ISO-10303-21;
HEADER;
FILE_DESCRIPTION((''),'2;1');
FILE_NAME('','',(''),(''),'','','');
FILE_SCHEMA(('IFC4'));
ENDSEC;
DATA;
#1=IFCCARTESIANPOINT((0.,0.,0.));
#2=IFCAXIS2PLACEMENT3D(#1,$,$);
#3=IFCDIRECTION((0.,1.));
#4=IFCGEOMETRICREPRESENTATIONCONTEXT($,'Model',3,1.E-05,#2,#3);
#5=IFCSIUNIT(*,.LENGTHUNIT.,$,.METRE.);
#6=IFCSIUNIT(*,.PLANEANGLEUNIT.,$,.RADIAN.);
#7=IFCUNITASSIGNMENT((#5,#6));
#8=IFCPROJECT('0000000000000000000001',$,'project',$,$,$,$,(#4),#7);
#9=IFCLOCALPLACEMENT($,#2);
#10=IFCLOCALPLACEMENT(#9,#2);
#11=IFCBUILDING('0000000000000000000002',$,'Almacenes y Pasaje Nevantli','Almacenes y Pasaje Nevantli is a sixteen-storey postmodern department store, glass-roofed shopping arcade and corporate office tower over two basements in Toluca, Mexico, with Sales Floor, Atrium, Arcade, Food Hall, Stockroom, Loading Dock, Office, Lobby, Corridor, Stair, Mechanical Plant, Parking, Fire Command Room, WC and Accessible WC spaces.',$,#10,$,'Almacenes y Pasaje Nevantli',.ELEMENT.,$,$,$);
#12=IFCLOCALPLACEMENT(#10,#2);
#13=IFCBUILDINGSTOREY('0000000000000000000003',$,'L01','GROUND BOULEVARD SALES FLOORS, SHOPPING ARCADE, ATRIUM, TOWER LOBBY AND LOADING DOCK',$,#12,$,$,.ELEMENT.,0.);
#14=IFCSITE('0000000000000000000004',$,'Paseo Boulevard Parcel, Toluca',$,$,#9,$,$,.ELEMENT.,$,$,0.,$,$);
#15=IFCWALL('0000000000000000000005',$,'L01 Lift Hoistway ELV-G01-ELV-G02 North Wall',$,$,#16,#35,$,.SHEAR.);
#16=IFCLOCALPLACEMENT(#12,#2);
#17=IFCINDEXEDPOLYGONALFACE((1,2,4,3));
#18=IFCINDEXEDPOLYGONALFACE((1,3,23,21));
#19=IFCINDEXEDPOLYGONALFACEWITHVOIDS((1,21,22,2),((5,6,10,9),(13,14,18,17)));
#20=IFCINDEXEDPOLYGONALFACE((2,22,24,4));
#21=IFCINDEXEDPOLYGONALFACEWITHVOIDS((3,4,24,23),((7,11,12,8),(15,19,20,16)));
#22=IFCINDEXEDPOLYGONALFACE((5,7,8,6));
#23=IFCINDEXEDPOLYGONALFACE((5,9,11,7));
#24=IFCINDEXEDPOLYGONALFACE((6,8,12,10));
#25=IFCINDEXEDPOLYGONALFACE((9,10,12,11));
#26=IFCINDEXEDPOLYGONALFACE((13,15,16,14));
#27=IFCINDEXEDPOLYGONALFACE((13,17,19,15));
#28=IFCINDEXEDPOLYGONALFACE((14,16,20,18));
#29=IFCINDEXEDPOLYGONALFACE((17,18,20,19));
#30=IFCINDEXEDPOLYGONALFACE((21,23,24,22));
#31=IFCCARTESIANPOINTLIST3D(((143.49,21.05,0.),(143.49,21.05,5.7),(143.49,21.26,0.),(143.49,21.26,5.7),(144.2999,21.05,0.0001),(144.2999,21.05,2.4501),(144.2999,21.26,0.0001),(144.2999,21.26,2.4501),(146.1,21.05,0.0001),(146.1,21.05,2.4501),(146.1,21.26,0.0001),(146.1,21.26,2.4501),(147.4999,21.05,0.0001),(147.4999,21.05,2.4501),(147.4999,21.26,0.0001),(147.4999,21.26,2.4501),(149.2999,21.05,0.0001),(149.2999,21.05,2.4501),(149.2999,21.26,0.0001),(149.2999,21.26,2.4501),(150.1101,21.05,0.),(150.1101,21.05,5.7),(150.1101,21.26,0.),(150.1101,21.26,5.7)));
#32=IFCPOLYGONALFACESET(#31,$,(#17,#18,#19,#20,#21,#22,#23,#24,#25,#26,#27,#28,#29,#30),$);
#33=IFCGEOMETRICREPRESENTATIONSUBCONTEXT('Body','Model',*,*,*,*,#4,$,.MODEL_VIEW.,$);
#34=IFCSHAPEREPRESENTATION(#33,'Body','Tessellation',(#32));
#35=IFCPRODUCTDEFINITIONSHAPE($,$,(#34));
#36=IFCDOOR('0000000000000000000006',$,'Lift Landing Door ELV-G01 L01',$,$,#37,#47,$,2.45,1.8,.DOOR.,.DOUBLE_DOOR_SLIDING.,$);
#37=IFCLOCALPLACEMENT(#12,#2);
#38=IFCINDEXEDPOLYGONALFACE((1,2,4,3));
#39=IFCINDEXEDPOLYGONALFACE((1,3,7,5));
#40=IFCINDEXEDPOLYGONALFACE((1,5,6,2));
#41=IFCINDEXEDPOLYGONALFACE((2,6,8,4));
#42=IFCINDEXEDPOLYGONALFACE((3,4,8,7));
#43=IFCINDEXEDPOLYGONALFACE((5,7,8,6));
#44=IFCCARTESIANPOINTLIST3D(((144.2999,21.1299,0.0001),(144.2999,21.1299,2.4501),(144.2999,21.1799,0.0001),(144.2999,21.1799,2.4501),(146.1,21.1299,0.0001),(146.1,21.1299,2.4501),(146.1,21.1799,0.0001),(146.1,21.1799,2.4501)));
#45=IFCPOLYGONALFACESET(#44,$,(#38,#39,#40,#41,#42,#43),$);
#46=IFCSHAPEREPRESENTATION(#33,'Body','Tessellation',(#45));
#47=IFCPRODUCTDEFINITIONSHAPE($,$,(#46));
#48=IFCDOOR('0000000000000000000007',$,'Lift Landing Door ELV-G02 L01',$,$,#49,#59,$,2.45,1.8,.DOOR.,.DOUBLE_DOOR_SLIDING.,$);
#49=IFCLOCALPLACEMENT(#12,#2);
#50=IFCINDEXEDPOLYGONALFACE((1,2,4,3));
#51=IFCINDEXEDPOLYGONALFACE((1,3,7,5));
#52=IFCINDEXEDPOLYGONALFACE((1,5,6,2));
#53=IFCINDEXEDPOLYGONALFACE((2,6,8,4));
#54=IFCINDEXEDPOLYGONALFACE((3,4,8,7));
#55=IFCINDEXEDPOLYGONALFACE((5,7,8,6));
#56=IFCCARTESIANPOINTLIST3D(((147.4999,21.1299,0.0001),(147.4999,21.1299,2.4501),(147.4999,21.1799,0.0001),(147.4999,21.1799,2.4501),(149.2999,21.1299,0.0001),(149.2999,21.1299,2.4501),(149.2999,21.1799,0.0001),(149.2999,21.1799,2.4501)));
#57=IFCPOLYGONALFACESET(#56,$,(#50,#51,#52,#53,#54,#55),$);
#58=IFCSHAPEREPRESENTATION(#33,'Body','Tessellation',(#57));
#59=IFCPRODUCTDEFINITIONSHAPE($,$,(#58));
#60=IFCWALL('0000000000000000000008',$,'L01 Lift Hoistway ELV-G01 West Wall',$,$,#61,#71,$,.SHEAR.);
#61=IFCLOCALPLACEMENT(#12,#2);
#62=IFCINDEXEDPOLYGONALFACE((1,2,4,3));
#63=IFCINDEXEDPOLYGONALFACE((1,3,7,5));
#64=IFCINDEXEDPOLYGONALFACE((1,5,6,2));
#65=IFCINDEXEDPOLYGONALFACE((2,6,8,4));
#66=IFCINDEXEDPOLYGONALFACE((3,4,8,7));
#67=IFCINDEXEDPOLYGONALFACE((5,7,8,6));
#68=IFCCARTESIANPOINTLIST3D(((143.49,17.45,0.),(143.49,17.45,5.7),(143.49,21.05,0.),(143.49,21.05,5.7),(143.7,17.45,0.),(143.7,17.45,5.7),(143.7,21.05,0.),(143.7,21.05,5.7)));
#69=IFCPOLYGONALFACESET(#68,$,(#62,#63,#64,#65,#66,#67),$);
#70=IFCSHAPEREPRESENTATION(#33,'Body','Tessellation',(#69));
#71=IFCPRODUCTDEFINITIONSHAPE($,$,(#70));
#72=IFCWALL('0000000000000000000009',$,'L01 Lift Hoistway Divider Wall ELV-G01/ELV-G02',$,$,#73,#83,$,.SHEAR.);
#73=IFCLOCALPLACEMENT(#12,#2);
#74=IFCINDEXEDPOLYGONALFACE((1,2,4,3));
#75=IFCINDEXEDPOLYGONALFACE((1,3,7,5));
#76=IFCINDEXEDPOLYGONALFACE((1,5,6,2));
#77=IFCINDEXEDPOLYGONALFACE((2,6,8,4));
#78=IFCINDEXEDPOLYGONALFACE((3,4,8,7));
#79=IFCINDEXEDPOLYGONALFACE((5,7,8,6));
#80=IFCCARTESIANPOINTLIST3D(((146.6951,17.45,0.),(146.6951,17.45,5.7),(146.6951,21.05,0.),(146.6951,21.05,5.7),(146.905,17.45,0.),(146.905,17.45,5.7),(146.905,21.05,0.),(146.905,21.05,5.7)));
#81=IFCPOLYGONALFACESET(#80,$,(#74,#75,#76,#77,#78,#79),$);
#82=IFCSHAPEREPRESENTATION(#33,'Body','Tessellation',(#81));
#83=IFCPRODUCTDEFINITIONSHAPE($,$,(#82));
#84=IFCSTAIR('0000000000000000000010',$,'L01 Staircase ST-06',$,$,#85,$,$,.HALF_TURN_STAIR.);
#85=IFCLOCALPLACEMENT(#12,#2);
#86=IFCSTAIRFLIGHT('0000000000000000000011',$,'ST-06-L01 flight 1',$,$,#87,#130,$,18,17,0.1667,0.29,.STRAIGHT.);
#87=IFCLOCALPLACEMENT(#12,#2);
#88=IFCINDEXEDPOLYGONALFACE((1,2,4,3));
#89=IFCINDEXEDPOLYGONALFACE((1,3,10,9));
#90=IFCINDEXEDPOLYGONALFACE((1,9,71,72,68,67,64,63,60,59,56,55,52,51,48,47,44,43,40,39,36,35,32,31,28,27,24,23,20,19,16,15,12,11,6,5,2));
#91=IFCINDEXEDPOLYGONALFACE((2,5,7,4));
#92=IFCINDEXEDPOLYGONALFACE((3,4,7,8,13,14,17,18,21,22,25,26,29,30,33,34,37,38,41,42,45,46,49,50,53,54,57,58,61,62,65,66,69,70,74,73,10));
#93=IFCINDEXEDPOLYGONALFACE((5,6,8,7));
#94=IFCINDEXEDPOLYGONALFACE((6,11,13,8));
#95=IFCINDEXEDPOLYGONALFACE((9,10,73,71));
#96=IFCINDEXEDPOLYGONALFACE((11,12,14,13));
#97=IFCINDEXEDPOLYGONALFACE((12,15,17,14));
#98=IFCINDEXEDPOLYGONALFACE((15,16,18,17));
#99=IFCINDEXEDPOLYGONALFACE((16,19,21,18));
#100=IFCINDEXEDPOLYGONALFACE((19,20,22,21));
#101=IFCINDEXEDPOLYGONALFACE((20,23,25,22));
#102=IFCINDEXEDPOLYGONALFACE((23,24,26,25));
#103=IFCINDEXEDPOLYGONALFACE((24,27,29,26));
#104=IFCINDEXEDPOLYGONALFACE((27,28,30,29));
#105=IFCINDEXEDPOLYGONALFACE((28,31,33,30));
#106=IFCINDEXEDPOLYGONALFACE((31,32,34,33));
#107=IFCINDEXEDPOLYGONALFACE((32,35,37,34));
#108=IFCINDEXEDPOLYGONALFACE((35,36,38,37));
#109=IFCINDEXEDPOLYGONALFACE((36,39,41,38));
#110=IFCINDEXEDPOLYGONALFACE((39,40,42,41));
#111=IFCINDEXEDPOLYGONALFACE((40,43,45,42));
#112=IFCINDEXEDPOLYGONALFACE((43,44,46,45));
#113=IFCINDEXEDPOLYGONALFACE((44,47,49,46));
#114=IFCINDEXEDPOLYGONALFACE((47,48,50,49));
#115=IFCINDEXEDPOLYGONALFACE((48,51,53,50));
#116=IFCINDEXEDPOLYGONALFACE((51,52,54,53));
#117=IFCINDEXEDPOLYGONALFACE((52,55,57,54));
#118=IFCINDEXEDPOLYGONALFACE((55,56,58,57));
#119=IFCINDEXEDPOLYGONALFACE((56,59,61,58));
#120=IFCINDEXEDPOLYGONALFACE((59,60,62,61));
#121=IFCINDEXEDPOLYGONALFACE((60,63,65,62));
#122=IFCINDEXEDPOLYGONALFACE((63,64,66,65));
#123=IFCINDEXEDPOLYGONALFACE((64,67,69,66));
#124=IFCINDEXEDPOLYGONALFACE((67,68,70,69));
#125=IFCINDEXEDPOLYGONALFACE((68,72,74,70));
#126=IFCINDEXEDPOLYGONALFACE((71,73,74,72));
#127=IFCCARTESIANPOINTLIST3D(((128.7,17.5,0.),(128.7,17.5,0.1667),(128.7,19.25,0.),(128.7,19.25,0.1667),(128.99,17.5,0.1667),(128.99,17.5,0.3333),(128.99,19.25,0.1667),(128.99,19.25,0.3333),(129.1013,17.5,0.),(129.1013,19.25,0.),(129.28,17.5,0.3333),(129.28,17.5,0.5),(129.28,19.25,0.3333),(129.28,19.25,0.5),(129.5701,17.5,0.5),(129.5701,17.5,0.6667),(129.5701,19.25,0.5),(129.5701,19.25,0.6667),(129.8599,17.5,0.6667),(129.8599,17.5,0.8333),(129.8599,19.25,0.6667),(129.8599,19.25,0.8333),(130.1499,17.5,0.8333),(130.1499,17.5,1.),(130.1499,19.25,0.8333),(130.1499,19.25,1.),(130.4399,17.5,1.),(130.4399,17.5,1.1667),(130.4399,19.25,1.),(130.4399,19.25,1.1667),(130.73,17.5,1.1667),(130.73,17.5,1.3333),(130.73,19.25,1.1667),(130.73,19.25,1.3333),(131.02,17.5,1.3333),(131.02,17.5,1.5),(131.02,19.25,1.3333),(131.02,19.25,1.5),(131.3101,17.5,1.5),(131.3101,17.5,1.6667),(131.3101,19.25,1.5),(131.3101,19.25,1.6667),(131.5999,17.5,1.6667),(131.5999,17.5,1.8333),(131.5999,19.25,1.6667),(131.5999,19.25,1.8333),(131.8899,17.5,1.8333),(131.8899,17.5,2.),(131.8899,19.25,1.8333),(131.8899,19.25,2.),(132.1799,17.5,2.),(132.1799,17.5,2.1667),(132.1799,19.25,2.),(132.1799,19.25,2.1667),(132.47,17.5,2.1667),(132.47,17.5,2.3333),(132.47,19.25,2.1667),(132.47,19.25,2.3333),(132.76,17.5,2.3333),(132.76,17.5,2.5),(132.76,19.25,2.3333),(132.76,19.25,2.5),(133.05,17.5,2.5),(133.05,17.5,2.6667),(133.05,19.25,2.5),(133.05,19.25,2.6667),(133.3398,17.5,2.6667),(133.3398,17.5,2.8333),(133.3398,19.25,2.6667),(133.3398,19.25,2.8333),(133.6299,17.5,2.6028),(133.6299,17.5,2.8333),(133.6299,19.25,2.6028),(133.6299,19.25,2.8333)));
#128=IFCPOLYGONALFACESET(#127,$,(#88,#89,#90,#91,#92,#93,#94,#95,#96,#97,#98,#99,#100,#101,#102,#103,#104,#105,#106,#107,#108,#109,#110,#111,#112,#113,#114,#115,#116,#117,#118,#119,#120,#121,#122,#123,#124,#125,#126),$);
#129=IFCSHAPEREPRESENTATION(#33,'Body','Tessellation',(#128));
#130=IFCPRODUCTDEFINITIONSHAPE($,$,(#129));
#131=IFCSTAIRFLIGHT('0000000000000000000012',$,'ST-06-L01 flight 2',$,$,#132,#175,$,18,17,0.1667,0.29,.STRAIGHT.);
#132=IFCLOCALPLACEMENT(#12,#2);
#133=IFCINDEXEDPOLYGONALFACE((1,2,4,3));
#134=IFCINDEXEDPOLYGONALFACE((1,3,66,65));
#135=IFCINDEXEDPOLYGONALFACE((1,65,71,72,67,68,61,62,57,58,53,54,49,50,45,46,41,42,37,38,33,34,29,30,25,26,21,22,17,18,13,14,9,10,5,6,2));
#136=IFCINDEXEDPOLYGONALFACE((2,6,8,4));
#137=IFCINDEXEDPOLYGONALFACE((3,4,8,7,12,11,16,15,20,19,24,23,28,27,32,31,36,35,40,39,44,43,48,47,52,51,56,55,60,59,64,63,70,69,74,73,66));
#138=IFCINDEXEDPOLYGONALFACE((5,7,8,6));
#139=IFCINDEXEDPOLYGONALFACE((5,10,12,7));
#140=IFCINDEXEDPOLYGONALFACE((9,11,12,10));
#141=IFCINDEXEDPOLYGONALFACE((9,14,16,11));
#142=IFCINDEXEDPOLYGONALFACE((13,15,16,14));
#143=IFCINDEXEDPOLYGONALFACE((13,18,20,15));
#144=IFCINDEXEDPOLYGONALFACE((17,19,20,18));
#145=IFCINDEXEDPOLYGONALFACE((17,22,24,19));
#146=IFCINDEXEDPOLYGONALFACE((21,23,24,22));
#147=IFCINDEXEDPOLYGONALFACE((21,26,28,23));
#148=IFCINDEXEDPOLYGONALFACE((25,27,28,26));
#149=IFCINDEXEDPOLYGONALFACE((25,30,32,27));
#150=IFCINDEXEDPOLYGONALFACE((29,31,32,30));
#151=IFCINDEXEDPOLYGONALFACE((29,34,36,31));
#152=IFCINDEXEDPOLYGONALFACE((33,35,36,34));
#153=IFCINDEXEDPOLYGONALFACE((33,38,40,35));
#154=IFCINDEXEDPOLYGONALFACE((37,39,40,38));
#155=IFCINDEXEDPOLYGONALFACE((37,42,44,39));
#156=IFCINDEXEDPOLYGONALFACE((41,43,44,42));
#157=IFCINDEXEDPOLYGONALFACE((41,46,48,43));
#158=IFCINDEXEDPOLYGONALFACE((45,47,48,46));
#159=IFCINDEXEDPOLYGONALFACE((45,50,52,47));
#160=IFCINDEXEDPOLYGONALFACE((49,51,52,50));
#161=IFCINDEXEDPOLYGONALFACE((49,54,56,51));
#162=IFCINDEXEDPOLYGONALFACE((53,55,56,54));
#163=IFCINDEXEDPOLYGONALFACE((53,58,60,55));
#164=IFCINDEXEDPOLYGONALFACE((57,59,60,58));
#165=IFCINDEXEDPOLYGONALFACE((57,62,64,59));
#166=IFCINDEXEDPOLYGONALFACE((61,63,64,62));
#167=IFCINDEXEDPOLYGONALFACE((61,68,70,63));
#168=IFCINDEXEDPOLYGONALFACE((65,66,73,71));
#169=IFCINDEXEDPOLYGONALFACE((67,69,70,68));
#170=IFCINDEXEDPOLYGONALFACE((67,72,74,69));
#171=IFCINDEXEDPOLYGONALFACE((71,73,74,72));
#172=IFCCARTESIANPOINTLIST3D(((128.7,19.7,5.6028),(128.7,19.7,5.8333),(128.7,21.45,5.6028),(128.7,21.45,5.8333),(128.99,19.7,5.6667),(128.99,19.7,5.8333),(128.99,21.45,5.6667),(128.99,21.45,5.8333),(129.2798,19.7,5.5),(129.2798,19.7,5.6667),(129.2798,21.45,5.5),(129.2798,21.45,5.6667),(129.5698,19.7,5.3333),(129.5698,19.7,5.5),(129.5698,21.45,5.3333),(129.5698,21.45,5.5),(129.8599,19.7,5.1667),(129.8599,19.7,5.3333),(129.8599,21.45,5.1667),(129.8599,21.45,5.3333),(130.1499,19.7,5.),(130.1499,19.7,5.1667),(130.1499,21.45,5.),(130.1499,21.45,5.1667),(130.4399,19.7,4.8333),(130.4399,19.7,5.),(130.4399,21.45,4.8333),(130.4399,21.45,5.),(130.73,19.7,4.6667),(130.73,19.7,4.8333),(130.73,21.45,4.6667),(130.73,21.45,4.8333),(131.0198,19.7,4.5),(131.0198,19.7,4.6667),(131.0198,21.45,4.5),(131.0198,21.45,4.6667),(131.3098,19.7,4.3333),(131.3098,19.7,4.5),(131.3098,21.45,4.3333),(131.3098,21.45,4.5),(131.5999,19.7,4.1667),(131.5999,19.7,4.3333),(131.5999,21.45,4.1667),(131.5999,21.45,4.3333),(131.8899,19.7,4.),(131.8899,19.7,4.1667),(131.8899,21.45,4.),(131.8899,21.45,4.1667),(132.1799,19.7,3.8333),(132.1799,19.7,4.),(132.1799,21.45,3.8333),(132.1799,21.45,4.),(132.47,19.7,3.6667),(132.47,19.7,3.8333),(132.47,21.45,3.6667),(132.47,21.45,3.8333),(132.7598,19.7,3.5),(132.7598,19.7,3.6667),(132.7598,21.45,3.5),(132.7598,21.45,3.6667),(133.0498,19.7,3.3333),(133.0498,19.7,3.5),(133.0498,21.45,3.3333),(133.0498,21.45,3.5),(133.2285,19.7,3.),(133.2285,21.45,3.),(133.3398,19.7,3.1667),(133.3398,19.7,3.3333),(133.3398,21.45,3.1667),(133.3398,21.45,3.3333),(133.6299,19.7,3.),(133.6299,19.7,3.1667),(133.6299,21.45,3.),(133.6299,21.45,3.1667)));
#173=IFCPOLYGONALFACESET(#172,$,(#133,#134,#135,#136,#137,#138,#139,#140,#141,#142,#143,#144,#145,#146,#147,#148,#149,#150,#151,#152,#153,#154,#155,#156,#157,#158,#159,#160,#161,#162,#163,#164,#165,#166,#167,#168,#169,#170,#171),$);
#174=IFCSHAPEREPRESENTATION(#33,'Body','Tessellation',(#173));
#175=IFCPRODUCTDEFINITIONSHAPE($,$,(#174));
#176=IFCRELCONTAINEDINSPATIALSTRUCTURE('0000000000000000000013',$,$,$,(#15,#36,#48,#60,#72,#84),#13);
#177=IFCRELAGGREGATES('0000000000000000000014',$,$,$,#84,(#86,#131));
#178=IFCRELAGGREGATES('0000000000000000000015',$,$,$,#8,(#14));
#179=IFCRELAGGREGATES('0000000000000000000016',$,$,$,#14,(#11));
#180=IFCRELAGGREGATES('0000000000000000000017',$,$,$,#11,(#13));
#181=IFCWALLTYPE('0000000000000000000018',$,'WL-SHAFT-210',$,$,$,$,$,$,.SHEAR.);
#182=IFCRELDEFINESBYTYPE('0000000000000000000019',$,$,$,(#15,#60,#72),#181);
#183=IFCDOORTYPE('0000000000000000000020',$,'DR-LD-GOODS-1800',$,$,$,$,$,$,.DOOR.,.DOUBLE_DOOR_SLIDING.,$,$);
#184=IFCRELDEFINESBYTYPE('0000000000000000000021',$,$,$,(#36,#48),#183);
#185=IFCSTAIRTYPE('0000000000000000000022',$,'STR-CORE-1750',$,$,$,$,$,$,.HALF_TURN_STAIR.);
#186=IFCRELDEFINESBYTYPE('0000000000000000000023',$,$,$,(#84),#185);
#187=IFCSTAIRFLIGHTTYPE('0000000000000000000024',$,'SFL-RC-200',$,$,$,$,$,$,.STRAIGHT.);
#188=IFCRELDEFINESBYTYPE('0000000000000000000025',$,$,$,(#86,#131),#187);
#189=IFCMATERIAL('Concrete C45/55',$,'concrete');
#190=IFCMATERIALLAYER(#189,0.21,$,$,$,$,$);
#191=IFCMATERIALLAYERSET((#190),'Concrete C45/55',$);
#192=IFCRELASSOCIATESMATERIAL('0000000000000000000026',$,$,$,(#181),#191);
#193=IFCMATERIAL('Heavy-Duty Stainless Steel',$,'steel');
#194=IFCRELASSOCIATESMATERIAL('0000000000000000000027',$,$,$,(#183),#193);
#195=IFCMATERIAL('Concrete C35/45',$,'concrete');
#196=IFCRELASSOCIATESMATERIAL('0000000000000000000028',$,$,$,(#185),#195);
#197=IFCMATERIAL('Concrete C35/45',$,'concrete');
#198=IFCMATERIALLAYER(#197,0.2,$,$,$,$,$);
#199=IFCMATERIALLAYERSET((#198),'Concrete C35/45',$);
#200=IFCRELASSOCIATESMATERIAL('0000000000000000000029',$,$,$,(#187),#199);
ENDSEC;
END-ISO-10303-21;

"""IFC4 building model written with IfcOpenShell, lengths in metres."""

from ifc_helpers import new_model, si_unit, direction, frame, frame_2d, origin, place, context, subcontext, project, spatial, polyline, rectangle, outline, extrude, material, layer, layer_set, type_object, element, fill, aggregate, save


model = new_model("IFC4")

# Units and contexts
model_context = context("Model", 3, precision=1e-05, world=origin(), true_north=direction((0.0, 1.0)))
body_context = subcontext(model_context, "Body", "Model", "MODEL_VIEW")
ifc_project = project(units=[si_unit("LENGTHUNIT", "METRE"), si_unit("PLANEANGLEUNIT", "RADIAN")], contexts=[model_context])

# Site, building, storey
site_placement = place(None, origin())
site = spatial("IfcSite", under=ifc_project, at=site_placement, Name="Paseo Boulevard Parcel, Toluca", CompositionType="ELEMENT", RefElevation=0.0)
building_placement = place(site_placement, origin())
building = spatial("IfcBuilding", under=site, at=building_placement, Name="Almacenes y Pasaje Nevantli", Description="Almacenes y Pasaje Nevantli is a sixteen-storey postmodern department store, glass-roofed shopping arcade and corporate office tower over two basements in Toluca, Mexico, with Sales Floor, Atrium, Arcade, Food Hall, Stockroom, Loading Dock, Office, Lobby, Corridor, Stair, Mechanical Plant, Parking, Fire Command Room, WC and Accessible WC spaces.", LongName="Almacenes y Pasaje Nevantli", CompositionType="ELEMENT")
storey_placement = place(building_placement, origin())
storey = spatial("IfcBuildingStorey", under=building, at=storey_placement, Name="L01", Description="GROUND BOULEVARD SALES FLOORS, SHOPPING ARCADE, ATRIUM, TOWER LOBBY AND LOADING DOCK", CompositionType="ELEMENT", Elevation=0.0)

# Shared definitions
ifc_material_1 = material(Name="Concrete C45/55", Category="concrete")
ifc_layer_1 = layer(ifc_material_1, 0.21)
ifc_layer_set_1 = layer_set([ifc_layer_1], Name="Concrete C45/55")
wall_type_1 = type_object("IfcWallType", Name="WL-SHAFT-210", PredefinedType="SHEAR", material=ifc_layer_set_1)

# Wall, openings, doors
wall_1_placement = place(storey_placement, frame((143.49, 21.155, 0.0), z_axis=(0.0, 0.0, 1.0), x_axis=(1.0, 0.0, 0.0)))
wall_1 = element("IfcWall", 1, at=wall_1_placement, inside=storey, type_object=wall_type_1, Name="L01 Lift Hoistway ELV-G01-ELV-G02 North Wall", PredefinedType="SHEAR", context=body_context, shape_type="SweptSolid", body=[
    extrude(rectangle(XDim=6.6201, YDim=0.21, at=frame_2d((3.3101, 0.0))), origin(), (0.0, 0.0, 1.0), 5.7),
])
opening_1_placement = place(wall_1_placement, frame((0.8101, 0.0, 0.0)))
opening_1 = element("IfcOpeningElement", 2, at=opening_1_placement, cuts=wall_1, PredefinedType="OPENING", context=body_context, shape_type="SweptSolid", body=[
    extrude(rectangle(XDim=1.8, YDim=2.45, at=frame_2d((0.8999, 1.2251))), frame((0.0, 0.115, 0.0), z_axis=(0.0, -1.0, 0.0), x_axis=(1.0, 0.0, 0.0)), (0.0, 0.0, 1.0), 0.23),
])
opening_2_placement = place(wall_1_placement, frame((4.01, 0.0, 0.0)))
opening_2 = element("IfcOpeningElement", 3, at=opening_2_placement, cuts=wall_1, PredefinedType="OPENING", context=body_context, shape_type="SweptSolid", body=[
    extrude(rectangle(XDim=1.8, YDim=2.45, at=frame_2d((0.8999, 1.2251))), frame((0.0, 0.115, 0.0), z_axis=(0.0, -1.0, 0.0), x_axis=(1.0, 0.0, 0.0)), (0.0, 0.0, 1.0), 0.23),
])
ifc_material_2 = material(Name="Heavy-Duty Stainless Steel", Category="steel")
door_type_1 = type_object("IfcDoorType", Name="DR-LD-GOODS-1800", OperationType="DOUBLE_DOOR_SLIDING", PredefinedType="DOOR", material=ifc_material_2)
door_1_placement = place(opening_1_placement, origin())
door_1 = element("IfcDoor", 4, at=door_1_placement, inside=storey, type_object=door_type_1, Name="Lift Landing Door ELV-G01 L01", OperationType="DOUBLE_DOOR_SLIDING", OverallHeight=2.45, OverallWidth=1.8, PredefinedType="DOOR", context=body_context, shape_type="SweptSolid", body=[
    extrude(rectangle(XDim=1.8, YDim=2.45, at=frame_2d((0.8999, 1.2251))), frame((0.0, 0.0249, 0.0), z_axis=(0.0, -1.0, 0.0), x_axis=(1.0, 0.0, 0.0)), (0.0, 0.0, 1.0), 0.05),
])
fill(opening_1, door_1)
door_2_placement = place(opening_2_placement, origin())
door_2 = element("IfcDoor", 5, at=door_2_placement, inside=storey, type_object=door_type_1, Name="Lift Landing Door ELV-G02 L01", OperationType="DOUBLE_DOOR_SLIDING", OverallHeight=2.45, OverallWidth=1.8, PredefinedType="DOOR", context=body_context, shape_type="SweptSolid", body=[
    extrude(rectangle(XDim=1.8, YDim=2.45, at=frame_2d((0.8999, 1.2251))), frame((0.0, 0.0249, 0.0), z_axis=(0.0, -1.0, 0.0), x_axis=(1.0, 0.0, 0.0)), (0.0, 0.0, 1.0), 0.05),
])
fill(opening_2, door_2)

# Walls
for number, where, z_axis, x_axis, name in (
    (6, (143.595, 17.45, 0.0), (0.0, 0.0, 1.0), (0.0, 1.0, 0.0), "L01 Lift Hoistway ELV-G01 West Wall"),
    (7, (146.8, 17.45, 0.0), (0.0, 0.0, 1.0), (0.0, 1.0, 0.0), "L01 Lift Hoistway Divider Wall ELV-G01/ELV-G02"),
):
    element("IfcWall", number, at=place(storey_placement, frame(where, z_axis=z_axis, x_axis=x_axis)), inside=storey, type_object=wall_type_1, Name=name, PredefinedType="SHEAR", context=body_context, shape_type="SweptSolid", body=[
        extrude(rectangle(XDim=3.6001, YDim=0.21, at=frame_2d((1.8, 0.0))), origin(), (0.0, 0.0, 1.0), 5.7),
    ])

# Stair, stair flights
ifc_material_3 = material(Name="Concrete C35/45", Category="concrete")
stair_type = type_object("IfcStairType", Name="STR-CORE-1750", PredefinedType="HALF_TURN_STAIR", material=ifc_material_3)
stair_placement = place(storey_placement, origin())
stair = element("IfcStair", 8, at=stair_placement, inside=storey, type_object=stair_type, Name="L01 Staircase ST-06", PredefinedType="HALF_TURN_STAIR")
ifc_material_4 = material(Name="Concrete C35/45", Category="concrete")
ifc_layer_2 = layer(ifc_material_4, 0.2)
ifc_layer_set_2 = layer_set([ifc_layer_2], Name="Concrete C35/45")
stair_flight_type = type_object("IfcStairFlightType", Name="SFL-RC-200", PredefinedType="STRAIGHT", material=ifc_layer_set_2)
stair_flight_1_placement = place(storey_placement, frame((128.7, 18.375, 0.0), z_axis=(0.0, 0.0, 1.0), x_axis=(1.0, 0.0, 0.0)))
stair_flight_1 = element("IfcStairFlight", 9, at=stair_flight_1_placement, type_object=stair_flight_type, Name="ST-06-L01 flight 1", NumberOfRisers=18, NumberOfTreads=17, PredefinedType="STRAIGHT", RiserHeight=0.1667, TreadLength=0.29, context=body_context, shape_type="SweptSolid", body=[
    extrude(outline(polyline([(0.0, 0.0), (0.0, 0.1667), (0.29, 0.1667), (0.29, 0.3333), (0.5801, 0.3333), (0.5801, 0.5), (0.8701, 0.5), (0.8701, 0.6667), (1.1599, 0.6667), (1.1599, 0.8333), (1.45, 0.8333), (1.45, 1.0), (1.74, 1.0), (1.74, 1.1667), (2.03, 1.1667), (2.03, 1.3333), (2.3201, 1.3333), (2.3201, 1.5), (2.6101, 1.5), (2.6101, 1.6667), (2.8999, 1.6667), (2.8999, 1.8333), (3.1899, 1.8333), (3.1899, 2.0), (3.48, 2.0), (3.48, 2.1667), (3.77, 2.1667), (3.77, 2.3333), (4.0601, 2.3333), (4.0601, 2.5), (4.3501, 2.5), (4.3501, 2.6667), (4.6399, 2.6667), (4.6399, 2.8333), (4.9299, 2.8333), (4.9299, 3.0), (4.9299, 2.6028), (0.4014, 0.0), (0.0, 0.0)])), frame((0.0, 0.875, 0.0), z_axis=(0.0, -1.0, 0.0), x_axis=(1.0, 0.0, 0.0)), (0.0, 0.0, 1.0), 1.75),
])
stair_flight_2_placement = place(storey_placement, frame((133.6299, 20.575, 3.0), z_axis=(0.0, 0.0, 1.0), x_axis=(-1.0, 0.0, 0.0)))
stair_flight_2 = element("IfcStairFlight", 10, at=stair_flight_2_placement, type_object=stair_flight_type, Name="ST-06-L01 flight 2", NumberOfRisers=18, NumberOfTreads=17, PredefinedType="STRAIGHT", RiserHeight=0.1667, TreadLength=0.29, context=body_context, shape_type="SweptSolid", body=[
    extrude(outline(polyline([(0.0, 0.0), (0.0, 0.1667), (0.29, 0.1667), (0.29, 0.3333), (0.5801, 0.3333), (0.5801, 0.5), (0.8701, 0.5), (0.8701, 0.6667), (1.1599, 0.6667), (1.1599, 0.8333), (1.45, 0.8333), (1.45, 1.0), (1.74, 1.0), (1.74, 1.1667), (2.03, 1.1667), (2.03, 1.3333), (2.3201, 1.3333), (2.3201, 1.5), (2.6101, 1.5), (2.6101, 1.6667), (2.8999, 1.6667), (2.8999, 1.8333), (3.1899, 1.8333), (3.1899, 2.0), (3.48, 2.0), (3.48, 2.1667), (3.77, 2.1667), (3.77, 2.3333), (4.0601, 2.3333), (4.0601, 2.5), (4.3501, 2.5), (4.3501, 2.6667), (4.6399, 2.6667), (4.6399, 2.8333), (4.9299, 2.8333), (4.9299, 3.0), (4.9299, 2.6028), (0.4014, 0.0), (0.0, 0.0)])), frame((0.0, 0.875, 0.0), z_axis=(0.0, -1.0, 0.0), x_axis=(1.0, 0.0, 0.0)), (0.0, 0.0, 1.0), 1.75),
])
aggregate(stair, [stair_flight_1, stair_flight_2])

save(model, "model.ifc")
